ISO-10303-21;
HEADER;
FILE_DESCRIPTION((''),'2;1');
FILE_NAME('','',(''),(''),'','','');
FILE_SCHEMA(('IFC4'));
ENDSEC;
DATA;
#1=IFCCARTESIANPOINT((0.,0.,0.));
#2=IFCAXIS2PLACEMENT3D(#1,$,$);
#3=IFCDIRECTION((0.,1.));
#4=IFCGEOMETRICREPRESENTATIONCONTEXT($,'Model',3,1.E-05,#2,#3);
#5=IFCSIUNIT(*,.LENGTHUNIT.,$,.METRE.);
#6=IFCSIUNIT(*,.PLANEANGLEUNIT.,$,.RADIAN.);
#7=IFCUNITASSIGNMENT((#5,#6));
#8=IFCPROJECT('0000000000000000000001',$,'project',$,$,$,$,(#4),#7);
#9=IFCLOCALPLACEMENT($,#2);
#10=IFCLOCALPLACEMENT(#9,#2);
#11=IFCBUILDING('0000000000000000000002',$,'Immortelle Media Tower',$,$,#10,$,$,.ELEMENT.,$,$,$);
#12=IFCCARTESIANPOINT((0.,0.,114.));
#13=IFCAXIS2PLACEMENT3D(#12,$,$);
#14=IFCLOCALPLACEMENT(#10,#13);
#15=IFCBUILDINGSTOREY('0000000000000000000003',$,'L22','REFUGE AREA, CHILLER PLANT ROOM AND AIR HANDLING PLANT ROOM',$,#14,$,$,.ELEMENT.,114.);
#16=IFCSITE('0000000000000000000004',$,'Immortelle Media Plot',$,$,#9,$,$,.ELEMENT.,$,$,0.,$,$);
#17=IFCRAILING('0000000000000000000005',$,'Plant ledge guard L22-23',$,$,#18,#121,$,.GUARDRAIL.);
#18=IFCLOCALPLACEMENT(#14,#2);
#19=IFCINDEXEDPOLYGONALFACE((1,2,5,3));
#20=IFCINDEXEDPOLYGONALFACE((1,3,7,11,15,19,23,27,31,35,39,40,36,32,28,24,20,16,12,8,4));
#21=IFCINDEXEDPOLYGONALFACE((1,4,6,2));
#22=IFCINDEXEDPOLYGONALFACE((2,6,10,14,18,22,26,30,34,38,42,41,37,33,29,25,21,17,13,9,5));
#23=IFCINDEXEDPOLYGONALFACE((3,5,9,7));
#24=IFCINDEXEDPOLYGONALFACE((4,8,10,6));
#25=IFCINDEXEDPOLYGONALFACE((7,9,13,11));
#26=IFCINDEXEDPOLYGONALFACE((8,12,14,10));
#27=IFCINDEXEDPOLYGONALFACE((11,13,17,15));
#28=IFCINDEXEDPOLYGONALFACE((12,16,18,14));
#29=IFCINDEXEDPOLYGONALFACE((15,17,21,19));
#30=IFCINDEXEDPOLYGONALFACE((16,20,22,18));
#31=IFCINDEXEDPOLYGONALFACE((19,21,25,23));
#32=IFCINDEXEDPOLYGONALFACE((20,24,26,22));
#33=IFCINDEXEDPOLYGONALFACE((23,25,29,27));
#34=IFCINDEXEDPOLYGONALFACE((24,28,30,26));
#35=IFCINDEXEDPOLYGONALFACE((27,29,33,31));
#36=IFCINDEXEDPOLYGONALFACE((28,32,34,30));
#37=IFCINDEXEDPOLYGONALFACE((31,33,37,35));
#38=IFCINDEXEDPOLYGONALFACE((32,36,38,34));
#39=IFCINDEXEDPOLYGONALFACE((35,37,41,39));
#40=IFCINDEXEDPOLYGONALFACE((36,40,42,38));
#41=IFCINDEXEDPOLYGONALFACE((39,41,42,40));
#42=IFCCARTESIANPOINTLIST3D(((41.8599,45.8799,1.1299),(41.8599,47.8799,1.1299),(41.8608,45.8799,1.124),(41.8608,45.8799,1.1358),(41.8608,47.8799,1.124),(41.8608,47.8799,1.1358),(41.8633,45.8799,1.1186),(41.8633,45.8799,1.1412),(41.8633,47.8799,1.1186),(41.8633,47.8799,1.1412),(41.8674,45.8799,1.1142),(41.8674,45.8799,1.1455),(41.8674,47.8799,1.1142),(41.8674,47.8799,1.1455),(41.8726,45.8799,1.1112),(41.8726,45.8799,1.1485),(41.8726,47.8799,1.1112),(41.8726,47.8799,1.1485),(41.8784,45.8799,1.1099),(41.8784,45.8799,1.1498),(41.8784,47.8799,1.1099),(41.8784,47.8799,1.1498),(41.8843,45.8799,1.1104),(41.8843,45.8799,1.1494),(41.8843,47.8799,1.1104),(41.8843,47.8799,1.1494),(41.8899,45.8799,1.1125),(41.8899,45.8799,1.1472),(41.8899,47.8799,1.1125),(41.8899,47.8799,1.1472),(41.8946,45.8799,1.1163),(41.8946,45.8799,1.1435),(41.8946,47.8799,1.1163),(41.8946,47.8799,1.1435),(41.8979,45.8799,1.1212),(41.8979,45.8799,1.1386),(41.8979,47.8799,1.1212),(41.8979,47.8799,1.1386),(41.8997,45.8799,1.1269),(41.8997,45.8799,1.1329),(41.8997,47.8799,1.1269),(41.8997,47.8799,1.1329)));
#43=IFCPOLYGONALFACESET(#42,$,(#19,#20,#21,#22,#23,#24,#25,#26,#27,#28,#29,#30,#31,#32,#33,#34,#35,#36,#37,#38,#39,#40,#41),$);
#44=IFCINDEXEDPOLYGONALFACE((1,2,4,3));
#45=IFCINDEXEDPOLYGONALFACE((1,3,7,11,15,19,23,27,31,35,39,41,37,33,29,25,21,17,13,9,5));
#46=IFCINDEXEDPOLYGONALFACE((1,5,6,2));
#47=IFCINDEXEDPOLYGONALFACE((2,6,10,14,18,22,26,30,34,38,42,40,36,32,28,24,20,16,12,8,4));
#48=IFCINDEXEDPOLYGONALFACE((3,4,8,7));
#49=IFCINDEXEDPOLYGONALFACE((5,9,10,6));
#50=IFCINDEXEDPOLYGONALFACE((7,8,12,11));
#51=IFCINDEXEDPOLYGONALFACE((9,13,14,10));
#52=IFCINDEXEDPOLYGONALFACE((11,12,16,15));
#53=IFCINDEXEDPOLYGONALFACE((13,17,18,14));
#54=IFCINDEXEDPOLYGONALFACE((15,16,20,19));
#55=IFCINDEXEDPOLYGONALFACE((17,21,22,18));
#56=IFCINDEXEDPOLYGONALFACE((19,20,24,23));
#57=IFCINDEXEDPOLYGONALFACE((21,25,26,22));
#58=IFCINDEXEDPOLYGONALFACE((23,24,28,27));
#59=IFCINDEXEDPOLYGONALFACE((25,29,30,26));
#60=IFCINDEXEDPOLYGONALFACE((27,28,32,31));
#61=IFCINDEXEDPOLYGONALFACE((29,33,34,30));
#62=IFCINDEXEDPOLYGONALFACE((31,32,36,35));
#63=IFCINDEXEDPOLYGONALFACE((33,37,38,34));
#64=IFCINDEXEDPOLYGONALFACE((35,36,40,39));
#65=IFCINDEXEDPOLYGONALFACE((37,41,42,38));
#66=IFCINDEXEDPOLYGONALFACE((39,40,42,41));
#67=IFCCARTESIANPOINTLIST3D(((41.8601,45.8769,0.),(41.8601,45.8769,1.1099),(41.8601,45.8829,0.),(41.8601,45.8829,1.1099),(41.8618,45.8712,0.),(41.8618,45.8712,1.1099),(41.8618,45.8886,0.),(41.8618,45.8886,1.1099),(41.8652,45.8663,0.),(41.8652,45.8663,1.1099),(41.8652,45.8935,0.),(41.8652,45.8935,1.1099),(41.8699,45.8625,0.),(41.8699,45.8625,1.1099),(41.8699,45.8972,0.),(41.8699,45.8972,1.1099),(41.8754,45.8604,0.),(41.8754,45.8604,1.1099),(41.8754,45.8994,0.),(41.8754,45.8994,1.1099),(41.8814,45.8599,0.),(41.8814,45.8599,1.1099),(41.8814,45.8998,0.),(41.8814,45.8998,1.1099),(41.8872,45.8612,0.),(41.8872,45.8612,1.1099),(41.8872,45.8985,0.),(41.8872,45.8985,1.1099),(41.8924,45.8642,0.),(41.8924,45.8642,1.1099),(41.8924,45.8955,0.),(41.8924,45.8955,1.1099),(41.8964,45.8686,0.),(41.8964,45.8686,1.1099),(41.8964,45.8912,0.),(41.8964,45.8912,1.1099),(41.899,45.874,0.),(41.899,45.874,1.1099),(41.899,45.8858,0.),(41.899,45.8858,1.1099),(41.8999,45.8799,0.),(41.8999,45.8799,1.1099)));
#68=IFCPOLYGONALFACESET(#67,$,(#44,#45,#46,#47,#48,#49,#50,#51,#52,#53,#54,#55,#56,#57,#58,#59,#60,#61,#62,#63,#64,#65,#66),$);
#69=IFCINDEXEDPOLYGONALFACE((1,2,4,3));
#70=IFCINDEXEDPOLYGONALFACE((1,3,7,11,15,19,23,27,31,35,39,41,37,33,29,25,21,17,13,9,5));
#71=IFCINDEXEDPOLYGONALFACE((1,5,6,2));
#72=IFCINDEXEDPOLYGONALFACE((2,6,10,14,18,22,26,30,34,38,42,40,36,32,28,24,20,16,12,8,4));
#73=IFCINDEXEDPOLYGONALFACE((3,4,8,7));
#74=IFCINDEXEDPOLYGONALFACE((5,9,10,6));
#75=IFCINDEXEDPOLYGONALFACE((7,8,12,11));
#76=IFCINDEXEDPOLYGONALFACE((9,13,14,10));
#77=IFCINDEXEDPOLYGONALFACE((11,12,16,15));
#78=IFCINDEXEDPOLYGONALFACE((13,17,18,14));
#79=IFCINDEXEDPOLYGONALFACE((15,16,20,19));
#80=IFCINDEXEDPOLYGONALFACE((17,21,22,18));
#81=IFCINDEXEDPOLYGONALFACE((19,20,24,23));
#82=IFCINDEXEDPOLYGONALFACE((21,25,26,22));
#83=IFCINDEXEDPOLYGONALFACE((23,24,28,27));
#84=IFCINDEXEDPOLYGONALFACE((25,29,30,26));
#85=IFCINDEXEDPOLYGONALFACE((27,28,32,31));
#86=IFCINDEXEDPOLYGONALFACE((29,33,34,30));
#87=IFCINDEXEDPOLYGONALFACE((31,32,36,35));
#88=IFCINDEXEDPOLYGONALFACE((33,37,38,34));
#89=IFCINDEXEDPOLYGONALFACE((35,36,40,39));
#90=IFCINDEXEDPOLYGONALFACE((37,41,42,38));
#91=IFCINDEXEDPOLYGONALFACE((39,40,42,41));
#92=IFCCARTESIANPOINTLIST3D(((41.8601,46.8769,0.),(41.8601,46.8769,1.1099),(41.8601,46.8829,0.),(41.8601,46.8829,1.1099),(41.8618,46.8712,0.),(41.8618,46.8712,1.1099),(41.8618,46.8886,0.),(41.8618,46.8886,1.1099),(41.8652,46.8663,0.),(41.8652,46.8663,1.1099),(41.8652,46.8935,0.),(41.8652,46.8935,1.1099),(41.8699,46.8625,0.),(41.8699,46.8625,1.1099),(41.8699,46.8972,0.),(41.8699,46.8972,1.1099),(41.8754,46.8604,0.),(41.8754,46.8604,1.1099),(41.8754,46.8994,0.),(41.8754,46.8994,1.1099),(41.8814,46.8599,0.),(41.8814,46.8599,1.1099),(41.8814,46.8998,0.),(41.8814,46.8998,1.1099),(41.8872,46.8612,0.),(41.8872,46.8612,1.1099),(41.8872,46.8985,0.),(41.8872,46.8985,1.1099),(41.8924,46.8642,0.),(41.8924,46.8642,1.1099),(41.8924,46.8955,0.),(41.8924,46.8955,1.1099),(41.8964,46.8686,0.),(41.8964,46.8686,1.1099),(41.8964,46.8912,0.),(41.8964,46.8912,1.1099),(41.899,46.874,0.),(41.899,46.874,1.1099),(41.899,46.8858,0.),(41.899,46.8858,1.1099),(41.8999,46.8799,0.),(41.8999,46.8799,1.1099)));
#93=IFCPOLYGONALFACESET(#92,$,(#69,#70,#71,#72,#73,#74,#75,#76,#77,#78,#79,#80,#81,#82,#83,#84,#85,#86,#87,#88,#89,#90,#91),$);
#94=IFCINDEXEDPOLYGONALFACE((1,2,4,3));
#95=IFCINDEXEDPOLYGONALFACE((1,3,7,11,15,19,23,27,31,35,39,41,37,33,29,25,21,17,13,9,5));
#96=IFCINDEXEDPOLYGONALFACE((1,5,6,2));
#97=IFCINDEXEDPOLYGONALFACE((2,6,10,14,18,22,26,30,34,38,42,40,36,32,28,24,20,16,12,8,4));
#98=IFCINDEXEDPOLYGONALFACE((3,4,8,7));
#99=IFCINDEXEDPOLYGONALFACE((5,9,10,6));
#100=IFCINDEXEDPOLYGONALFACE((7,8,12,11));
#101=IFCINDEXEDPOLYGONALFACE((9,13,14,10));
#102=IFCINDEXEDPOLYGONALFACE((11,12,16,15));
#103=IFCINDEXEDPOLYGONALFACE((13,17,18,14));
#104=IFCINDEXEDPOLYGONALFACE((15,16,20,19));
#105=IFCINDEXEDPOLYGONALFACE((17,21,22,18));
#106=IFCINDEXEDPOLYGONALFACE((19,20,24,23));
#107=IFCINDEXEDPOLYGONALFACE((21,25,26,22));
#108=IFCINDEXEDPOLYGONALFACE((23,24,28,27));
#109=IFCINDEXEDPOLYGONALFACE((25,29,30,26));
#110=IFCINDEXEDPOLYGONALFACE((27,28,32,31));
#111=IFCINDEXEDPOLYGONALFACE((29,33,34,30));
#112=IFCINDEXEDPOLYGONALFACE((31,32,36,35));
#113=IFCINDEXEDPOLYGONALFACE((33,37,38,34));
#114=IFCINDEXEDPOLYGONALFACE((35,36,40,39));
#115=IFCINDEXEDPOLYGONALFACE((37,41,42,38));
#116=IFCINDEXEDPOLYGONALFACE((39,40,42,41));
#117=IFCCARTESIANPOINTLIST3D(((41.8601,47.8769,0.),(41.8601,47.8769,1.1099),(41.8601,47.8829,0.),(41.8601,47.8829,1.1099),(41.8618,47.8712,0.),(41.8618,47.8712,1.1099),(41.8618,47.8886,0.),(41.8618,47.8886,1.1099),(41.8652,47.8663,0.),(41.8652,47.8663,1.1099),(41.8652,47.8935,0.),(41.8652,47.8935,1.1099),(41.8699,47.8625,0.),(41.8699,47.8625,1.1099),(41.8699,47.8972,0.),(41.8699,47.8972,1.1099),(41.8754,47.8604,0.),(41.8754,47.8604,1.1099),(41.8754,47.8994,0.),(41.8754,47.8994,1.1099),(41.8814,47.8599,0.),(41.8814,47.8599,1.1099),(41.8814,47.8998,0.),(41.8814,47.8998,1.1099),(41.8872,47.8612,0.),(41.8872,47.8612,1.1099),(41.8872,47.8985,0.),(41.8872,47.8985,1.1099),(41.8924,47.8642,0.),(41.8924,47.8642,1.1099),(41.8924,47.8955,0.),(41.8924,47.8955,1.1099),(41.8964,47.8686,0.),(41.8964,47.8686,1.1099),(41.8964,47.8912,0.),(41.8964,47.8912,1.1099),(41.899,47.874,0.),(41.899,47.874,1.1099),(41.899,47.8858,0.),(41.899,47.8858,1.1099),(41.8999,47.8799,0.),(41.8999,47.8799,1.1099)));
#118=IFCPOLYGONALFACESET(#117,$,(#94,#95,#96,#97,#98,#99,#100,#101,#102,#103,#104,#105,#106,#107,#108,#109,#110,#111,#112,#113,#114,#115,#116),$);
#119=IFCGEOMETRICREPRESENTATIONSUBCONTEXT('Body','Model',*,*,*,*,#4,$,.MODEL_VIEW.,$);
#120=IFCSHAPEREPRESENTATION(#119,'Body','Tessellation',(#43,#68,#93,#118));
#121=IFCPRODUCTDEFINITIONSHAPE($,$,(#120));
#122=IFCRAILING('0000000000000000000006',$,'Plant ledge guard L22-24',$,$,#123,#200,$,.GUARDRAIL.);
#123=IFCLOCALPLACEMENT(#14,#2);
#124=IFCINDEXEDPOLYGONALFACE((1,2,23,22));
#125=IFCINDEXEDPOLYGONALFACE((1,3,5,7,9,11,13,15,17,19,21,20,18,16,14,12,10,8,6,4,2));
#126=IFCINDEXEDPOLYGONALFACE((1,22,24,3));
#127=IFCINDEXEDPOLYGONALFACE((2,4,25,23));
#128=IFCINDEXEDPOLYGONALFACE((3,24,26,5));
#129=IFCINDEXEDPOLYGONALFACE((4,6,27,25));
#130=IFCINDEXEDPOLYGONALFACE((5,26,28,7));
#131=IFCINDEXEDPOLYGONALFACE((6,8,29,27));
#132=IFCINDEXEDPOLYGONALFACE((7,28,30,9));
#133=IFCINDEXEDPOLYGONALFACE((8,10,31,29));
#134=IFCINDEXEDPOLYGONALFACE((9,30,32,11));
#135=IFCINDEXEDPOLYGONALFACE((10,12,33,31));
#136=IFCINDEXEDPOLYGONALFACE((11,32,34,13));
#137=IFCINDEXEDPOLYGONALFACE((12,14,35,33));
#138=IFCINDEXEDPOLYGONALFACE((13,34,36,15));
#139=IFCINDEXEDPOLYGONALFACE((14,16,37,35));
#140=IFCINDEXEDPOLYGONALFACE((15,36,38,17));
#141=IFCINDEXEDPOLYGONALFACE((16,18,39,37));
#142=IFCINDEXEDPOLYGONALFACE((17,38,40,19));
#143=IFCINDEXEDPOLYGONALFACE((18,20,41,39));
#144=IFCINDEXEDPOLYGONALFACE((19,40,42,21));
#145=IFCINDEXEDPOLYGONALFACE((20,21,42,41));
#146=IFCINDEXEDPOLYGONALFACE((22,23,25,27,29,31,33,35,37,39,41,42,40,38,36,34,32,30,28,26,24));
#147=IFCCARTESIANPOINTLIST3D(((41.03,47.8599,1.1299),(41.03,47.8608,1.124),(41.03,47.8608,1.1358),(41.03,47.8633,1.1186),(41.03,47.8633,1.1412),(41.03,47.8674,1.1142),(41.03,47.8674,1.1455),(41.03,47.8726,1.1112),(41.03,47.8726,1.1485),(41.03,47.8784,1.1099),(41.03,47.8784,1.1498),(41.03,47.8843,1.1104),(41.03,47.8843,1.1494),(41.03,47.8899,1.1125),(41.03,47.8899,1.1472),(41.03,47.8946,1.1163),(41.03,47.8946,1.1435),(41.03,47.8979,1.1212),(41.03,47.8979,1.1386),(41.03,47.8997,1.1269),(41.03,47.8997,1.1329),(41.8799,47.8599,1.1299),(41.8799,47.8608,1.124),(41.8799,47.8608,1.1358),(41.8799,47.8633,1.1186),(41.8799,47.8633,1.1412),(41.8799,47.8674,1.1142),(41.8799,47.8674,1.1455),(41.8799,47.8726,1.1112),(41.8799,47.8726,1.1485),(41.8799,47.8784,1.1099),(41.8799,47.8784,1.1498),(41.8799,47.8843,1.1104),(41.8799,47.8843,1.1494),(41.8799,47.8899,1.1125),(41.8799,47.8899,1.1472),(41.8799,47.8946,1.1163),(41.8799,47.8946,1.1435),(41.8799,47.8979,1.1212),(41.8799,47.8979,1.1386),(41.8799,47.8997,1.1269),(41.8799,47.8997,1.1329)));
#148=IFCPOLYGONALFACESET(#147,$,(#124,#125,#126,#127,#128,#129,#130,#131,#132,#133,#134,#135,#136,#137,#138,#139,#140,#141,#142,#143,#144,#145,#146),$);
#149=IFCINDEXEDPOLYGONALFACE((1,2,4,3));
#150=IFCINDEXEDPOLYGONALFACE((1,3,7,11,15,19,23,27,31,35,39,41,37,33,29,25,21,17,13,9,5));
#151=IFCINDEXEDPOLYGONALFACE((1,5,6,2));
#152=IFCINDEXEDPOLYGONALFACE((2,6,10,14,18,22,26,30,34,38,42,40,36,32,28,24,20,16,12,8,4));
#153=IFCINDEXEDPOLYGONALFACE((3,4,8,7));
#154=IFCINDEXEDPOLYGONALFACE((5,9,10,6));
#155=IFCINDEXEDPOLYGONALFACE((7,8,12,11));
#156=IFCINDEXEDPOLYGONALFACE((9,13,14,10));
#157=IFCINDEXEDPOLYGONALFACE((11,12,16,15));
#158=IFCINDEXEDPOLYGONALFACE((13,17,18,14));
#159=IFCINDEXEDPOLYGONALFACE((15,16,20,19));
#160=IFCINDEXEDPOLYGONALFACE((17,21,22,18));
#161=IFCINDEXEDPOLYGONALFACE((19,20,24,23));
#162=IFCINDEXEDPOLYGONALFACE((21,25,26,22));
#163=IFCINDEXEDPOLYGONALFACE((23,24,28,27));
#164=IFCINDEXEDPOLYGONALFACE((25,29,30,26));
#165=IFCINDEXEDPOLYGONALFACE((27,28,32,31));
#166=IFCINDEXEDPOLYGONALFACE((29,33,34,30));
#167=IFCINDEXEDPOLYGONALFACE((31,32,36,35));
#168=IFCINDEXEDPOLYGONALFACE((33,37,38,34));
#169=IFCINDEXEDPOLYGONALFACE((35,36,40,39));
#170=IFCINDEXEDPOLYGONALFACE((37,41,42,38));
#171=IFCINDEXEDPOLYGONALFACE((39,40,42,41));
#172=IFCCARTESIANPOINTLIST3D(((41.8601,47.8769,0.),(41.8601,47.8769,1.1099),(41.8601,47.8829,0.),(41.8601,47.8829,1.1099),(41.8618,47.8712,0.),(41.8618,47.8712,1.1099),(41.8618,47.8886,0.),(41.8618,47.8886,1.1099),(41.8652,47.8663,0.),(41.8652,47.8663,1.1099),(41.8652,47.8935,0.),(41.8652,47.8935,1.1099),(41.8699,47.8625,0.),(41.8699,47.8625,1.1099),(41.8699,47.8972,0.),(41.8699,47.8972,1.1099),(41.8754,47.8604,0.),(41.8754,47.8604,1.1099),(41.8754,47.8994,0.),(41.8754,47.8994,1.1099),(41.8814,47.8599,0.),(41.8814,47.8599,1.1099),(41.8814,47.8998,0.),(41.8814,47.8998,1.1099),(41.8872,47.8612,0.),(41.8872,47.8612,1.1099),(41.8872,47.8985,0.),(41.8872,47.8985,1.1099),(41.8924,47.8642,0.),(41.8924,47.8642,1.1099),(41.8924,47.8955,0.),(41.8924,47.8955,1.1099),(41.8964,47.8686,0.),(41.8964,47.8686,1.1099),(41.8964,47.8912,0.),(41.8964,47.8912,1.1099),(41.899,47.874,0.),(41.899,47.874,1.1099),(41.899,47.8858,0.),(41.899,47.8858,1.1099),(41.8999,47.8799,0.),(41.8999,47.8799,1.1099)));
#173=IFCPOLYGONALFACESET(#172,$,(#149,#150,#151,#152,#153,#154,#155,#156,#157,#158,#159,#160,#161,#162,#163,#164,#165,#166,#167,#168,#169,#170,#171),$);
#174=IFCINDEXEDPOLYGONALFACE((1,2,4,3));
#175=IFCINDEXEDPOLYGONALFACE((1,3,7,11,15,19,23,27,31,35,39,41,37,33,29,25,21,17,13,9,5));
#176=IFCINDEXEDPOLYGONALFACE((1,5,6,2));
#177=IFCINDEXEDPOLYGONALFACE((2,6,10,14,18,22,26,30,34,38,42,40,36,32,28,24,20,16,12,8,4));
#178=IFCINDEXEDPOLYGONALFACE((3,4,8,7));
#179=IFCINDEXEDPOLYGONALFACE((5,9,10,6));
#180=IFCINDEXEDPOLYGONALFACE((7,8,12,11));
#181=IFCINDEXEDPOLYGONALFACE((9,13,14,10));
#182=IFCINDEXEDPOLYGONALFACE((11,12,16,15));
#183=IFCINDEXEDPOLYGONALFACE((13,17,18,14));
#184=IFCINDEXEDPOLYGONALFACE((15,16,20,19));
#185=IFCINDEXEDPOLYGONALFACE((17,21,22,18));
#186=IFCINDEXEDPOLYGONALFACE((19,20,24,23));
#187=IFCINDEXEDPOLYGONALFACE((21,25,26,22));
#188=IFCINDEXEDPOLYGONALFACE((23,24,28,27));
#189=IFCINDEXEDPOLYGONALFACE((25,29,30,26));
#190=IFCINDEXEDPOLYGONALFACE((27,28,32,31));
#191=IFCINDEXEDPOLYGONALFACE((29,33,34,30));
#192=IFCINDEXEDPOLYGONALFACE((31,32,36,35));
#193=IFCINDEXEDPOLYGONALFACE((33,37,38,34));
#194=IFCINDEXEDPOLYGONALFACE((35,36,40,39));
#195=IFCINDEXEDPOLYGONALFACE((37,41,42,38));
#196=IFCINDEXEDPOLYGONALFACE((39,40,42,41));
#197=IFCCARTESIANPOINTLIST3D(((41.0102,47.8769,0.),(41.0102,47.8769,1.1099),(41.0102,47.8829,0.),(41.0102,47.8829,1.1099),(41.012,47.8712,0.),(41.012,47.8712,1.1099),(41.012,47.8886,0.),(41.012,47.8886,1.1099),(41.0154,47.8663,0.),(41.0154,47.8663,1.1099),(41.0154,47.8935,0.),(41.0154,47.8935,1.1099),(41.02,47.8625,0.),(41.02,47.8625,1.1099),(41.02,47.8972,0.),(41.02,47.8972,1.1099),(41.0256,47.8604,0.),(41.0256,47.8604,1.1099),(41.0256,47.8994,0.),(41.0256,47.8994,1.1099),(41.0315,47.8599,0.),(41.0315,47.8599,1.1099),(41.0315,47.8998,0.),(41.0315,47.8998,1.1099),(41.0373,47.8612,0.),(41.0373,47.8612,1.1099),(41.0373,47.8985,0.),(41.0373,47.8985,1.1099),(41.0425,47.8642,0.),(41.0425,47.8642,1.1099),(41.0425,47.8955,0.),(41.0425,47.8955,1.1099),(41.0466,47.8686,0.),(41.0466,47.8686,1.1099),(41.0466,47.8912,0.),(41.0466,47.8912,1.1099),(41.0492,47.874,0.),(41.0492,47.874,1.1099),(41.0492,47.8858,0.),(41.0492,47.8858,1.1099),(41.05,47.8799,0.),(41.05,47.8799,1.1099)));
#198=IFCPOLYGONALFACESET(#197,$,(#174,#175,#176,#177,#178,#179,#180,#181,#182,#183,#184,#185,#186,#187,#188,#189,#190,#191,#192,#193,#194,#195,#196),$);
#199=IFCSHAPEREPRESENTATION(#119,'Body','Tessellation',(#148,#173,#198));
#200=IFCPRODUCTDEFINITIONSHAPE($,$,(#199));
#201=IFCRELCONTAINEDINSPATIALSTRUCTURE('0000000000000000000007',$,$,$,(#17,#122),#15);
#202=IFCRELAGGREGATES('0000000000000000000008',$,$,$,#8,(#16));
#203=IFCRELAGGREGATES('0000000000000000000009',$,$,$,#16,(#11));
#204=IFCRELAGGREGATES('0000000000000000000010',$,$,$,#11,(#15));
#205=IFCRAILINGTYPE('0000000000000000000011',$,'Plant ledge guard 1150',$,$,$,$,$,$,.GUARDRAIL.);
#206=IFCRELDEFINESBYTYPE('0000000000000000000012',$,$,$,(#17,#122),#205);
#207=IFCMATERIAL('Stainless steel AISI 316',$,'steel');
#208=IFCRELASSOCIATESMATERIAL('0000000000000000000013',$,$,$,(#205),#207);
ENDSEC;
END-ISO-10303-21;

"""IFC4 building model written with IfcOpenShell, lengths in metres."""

from ifc_helpers import new_model, si_unit, direction, frame, origin, origin_2d, place, context, subcontext, project, spatial, circle, extrude, material, type_object, element, save


model = new_model("IFC4")

# Units and contexts
model_context = context("Model", 3, precision=1e-05, world=origin(), true_north=direction((0.0, 1.0)))
body_context = subcontext(model_context, "Body", "Model", "MODEL_VIEW")
ifc_project = project(units=[si_unit("LENGTHUNIT", "METRE"), si_unit("PLANEANGLEUNIT", "RADIAN")], contexts=[model_context])

# Site, building, storey
site_placement = place(None, origin())
site = spatial("IfcSite", under=ifc_project, at=site_placement, Name="Immortelle Media Plot", CompositionType="ELEMENT", RefElevation=0.0)
building_placement = place(site_placement, origin())
building = spatial("IfcBuilding", under=site, at=building_placement, Name="Immortelle Media Tower", CompositionType="ELEMENT")
storey_placement = place(building_placement, frame((0.0, 0.0, 114.0)))
storey = spatial("IfcBuildingStorey", under=building, at=storey_placement, Name="L22", Description="REFUGE AREA, CHILLER PLANT ROOM AND AIR HANDLING PLANT ROOM", CompositionType="ELEMENT", Elevation=114.0)

# Railings
ifc_material_1 = material(Name="Stainless steel AISI 316", Category="steel")
railing_type = type_object("IfcRailingType", Name="Plant ledge guard 1150", PredefinedType="GUARDRAIL", material=ifc_material_1)
railing_1_placement = place(storey_placement, frame((41.8799, 45.8799, 0.0)))
element("IfcRailing", 1, at=railing_1_placement, inside=storey, type_object=railing_type, Name="Plant ledge guard L22-23", PredefinedType="GUARDRAIL", context=body_context, shape_type="SweptSolid", body=[
    extrude(circle(Radius=0.02, at=origin_2d()), frame((0.0, 0.0, 1.1299), z_axis=(0.0, 1.0, 0.0), x_axis=(-1.0, 0.0, 0.0)), (0.0, 0.0, 1.0), 2.0),
    extrude(circle(Radius=0.02, at=origin_2d()), origin(), (0.0, 0.0, 1.0), 1.1099),
    extrude(circle(Radius=0.02, at=origin_2d()), frame((0.0, 1.0, 0.0)), (0.0, 0.0, 1.0), 1.1099),
    extrude(circle(Radius=0.02, at=origin_2d()), frame((0.0, 2.0, 0.0)), (0.0, 0.0, 1.0), 1.1099),
])
railing_2_placement = place(storey_placement, frame((41.8799, 47.8799, 0.0)))
element("IfcRailing", 2, at=railing_2_placement, inside=storey, type_object=railing_type, Name="Plant ledge guard L22-24", PredefinedType="GUARDRAIL", context=body_context, shape_type="SweptSolid", body=[
    extrude(circle(Radius=0.02, at=origin_2d()), frame((0.0, 0.0, 1.1299), z_axis=(-1.0, 0.0, 0.0), x_axis=(0.0, -1.0, 0.0)), (0.0, 0.0, 1.0), 0.8499),
    extrude(circle(Radius=0.02, at=origin_2d()), origin(), (0.0, 0.0, 1.0), 1.1099),
    extrude(circle(Radius=0.02, at=origin_2d()), frame((-0.8499, 0.0, 0.0)), (0.0, 0.0, 1.0), 1.1099),
])

save(model, "model.ifc")
